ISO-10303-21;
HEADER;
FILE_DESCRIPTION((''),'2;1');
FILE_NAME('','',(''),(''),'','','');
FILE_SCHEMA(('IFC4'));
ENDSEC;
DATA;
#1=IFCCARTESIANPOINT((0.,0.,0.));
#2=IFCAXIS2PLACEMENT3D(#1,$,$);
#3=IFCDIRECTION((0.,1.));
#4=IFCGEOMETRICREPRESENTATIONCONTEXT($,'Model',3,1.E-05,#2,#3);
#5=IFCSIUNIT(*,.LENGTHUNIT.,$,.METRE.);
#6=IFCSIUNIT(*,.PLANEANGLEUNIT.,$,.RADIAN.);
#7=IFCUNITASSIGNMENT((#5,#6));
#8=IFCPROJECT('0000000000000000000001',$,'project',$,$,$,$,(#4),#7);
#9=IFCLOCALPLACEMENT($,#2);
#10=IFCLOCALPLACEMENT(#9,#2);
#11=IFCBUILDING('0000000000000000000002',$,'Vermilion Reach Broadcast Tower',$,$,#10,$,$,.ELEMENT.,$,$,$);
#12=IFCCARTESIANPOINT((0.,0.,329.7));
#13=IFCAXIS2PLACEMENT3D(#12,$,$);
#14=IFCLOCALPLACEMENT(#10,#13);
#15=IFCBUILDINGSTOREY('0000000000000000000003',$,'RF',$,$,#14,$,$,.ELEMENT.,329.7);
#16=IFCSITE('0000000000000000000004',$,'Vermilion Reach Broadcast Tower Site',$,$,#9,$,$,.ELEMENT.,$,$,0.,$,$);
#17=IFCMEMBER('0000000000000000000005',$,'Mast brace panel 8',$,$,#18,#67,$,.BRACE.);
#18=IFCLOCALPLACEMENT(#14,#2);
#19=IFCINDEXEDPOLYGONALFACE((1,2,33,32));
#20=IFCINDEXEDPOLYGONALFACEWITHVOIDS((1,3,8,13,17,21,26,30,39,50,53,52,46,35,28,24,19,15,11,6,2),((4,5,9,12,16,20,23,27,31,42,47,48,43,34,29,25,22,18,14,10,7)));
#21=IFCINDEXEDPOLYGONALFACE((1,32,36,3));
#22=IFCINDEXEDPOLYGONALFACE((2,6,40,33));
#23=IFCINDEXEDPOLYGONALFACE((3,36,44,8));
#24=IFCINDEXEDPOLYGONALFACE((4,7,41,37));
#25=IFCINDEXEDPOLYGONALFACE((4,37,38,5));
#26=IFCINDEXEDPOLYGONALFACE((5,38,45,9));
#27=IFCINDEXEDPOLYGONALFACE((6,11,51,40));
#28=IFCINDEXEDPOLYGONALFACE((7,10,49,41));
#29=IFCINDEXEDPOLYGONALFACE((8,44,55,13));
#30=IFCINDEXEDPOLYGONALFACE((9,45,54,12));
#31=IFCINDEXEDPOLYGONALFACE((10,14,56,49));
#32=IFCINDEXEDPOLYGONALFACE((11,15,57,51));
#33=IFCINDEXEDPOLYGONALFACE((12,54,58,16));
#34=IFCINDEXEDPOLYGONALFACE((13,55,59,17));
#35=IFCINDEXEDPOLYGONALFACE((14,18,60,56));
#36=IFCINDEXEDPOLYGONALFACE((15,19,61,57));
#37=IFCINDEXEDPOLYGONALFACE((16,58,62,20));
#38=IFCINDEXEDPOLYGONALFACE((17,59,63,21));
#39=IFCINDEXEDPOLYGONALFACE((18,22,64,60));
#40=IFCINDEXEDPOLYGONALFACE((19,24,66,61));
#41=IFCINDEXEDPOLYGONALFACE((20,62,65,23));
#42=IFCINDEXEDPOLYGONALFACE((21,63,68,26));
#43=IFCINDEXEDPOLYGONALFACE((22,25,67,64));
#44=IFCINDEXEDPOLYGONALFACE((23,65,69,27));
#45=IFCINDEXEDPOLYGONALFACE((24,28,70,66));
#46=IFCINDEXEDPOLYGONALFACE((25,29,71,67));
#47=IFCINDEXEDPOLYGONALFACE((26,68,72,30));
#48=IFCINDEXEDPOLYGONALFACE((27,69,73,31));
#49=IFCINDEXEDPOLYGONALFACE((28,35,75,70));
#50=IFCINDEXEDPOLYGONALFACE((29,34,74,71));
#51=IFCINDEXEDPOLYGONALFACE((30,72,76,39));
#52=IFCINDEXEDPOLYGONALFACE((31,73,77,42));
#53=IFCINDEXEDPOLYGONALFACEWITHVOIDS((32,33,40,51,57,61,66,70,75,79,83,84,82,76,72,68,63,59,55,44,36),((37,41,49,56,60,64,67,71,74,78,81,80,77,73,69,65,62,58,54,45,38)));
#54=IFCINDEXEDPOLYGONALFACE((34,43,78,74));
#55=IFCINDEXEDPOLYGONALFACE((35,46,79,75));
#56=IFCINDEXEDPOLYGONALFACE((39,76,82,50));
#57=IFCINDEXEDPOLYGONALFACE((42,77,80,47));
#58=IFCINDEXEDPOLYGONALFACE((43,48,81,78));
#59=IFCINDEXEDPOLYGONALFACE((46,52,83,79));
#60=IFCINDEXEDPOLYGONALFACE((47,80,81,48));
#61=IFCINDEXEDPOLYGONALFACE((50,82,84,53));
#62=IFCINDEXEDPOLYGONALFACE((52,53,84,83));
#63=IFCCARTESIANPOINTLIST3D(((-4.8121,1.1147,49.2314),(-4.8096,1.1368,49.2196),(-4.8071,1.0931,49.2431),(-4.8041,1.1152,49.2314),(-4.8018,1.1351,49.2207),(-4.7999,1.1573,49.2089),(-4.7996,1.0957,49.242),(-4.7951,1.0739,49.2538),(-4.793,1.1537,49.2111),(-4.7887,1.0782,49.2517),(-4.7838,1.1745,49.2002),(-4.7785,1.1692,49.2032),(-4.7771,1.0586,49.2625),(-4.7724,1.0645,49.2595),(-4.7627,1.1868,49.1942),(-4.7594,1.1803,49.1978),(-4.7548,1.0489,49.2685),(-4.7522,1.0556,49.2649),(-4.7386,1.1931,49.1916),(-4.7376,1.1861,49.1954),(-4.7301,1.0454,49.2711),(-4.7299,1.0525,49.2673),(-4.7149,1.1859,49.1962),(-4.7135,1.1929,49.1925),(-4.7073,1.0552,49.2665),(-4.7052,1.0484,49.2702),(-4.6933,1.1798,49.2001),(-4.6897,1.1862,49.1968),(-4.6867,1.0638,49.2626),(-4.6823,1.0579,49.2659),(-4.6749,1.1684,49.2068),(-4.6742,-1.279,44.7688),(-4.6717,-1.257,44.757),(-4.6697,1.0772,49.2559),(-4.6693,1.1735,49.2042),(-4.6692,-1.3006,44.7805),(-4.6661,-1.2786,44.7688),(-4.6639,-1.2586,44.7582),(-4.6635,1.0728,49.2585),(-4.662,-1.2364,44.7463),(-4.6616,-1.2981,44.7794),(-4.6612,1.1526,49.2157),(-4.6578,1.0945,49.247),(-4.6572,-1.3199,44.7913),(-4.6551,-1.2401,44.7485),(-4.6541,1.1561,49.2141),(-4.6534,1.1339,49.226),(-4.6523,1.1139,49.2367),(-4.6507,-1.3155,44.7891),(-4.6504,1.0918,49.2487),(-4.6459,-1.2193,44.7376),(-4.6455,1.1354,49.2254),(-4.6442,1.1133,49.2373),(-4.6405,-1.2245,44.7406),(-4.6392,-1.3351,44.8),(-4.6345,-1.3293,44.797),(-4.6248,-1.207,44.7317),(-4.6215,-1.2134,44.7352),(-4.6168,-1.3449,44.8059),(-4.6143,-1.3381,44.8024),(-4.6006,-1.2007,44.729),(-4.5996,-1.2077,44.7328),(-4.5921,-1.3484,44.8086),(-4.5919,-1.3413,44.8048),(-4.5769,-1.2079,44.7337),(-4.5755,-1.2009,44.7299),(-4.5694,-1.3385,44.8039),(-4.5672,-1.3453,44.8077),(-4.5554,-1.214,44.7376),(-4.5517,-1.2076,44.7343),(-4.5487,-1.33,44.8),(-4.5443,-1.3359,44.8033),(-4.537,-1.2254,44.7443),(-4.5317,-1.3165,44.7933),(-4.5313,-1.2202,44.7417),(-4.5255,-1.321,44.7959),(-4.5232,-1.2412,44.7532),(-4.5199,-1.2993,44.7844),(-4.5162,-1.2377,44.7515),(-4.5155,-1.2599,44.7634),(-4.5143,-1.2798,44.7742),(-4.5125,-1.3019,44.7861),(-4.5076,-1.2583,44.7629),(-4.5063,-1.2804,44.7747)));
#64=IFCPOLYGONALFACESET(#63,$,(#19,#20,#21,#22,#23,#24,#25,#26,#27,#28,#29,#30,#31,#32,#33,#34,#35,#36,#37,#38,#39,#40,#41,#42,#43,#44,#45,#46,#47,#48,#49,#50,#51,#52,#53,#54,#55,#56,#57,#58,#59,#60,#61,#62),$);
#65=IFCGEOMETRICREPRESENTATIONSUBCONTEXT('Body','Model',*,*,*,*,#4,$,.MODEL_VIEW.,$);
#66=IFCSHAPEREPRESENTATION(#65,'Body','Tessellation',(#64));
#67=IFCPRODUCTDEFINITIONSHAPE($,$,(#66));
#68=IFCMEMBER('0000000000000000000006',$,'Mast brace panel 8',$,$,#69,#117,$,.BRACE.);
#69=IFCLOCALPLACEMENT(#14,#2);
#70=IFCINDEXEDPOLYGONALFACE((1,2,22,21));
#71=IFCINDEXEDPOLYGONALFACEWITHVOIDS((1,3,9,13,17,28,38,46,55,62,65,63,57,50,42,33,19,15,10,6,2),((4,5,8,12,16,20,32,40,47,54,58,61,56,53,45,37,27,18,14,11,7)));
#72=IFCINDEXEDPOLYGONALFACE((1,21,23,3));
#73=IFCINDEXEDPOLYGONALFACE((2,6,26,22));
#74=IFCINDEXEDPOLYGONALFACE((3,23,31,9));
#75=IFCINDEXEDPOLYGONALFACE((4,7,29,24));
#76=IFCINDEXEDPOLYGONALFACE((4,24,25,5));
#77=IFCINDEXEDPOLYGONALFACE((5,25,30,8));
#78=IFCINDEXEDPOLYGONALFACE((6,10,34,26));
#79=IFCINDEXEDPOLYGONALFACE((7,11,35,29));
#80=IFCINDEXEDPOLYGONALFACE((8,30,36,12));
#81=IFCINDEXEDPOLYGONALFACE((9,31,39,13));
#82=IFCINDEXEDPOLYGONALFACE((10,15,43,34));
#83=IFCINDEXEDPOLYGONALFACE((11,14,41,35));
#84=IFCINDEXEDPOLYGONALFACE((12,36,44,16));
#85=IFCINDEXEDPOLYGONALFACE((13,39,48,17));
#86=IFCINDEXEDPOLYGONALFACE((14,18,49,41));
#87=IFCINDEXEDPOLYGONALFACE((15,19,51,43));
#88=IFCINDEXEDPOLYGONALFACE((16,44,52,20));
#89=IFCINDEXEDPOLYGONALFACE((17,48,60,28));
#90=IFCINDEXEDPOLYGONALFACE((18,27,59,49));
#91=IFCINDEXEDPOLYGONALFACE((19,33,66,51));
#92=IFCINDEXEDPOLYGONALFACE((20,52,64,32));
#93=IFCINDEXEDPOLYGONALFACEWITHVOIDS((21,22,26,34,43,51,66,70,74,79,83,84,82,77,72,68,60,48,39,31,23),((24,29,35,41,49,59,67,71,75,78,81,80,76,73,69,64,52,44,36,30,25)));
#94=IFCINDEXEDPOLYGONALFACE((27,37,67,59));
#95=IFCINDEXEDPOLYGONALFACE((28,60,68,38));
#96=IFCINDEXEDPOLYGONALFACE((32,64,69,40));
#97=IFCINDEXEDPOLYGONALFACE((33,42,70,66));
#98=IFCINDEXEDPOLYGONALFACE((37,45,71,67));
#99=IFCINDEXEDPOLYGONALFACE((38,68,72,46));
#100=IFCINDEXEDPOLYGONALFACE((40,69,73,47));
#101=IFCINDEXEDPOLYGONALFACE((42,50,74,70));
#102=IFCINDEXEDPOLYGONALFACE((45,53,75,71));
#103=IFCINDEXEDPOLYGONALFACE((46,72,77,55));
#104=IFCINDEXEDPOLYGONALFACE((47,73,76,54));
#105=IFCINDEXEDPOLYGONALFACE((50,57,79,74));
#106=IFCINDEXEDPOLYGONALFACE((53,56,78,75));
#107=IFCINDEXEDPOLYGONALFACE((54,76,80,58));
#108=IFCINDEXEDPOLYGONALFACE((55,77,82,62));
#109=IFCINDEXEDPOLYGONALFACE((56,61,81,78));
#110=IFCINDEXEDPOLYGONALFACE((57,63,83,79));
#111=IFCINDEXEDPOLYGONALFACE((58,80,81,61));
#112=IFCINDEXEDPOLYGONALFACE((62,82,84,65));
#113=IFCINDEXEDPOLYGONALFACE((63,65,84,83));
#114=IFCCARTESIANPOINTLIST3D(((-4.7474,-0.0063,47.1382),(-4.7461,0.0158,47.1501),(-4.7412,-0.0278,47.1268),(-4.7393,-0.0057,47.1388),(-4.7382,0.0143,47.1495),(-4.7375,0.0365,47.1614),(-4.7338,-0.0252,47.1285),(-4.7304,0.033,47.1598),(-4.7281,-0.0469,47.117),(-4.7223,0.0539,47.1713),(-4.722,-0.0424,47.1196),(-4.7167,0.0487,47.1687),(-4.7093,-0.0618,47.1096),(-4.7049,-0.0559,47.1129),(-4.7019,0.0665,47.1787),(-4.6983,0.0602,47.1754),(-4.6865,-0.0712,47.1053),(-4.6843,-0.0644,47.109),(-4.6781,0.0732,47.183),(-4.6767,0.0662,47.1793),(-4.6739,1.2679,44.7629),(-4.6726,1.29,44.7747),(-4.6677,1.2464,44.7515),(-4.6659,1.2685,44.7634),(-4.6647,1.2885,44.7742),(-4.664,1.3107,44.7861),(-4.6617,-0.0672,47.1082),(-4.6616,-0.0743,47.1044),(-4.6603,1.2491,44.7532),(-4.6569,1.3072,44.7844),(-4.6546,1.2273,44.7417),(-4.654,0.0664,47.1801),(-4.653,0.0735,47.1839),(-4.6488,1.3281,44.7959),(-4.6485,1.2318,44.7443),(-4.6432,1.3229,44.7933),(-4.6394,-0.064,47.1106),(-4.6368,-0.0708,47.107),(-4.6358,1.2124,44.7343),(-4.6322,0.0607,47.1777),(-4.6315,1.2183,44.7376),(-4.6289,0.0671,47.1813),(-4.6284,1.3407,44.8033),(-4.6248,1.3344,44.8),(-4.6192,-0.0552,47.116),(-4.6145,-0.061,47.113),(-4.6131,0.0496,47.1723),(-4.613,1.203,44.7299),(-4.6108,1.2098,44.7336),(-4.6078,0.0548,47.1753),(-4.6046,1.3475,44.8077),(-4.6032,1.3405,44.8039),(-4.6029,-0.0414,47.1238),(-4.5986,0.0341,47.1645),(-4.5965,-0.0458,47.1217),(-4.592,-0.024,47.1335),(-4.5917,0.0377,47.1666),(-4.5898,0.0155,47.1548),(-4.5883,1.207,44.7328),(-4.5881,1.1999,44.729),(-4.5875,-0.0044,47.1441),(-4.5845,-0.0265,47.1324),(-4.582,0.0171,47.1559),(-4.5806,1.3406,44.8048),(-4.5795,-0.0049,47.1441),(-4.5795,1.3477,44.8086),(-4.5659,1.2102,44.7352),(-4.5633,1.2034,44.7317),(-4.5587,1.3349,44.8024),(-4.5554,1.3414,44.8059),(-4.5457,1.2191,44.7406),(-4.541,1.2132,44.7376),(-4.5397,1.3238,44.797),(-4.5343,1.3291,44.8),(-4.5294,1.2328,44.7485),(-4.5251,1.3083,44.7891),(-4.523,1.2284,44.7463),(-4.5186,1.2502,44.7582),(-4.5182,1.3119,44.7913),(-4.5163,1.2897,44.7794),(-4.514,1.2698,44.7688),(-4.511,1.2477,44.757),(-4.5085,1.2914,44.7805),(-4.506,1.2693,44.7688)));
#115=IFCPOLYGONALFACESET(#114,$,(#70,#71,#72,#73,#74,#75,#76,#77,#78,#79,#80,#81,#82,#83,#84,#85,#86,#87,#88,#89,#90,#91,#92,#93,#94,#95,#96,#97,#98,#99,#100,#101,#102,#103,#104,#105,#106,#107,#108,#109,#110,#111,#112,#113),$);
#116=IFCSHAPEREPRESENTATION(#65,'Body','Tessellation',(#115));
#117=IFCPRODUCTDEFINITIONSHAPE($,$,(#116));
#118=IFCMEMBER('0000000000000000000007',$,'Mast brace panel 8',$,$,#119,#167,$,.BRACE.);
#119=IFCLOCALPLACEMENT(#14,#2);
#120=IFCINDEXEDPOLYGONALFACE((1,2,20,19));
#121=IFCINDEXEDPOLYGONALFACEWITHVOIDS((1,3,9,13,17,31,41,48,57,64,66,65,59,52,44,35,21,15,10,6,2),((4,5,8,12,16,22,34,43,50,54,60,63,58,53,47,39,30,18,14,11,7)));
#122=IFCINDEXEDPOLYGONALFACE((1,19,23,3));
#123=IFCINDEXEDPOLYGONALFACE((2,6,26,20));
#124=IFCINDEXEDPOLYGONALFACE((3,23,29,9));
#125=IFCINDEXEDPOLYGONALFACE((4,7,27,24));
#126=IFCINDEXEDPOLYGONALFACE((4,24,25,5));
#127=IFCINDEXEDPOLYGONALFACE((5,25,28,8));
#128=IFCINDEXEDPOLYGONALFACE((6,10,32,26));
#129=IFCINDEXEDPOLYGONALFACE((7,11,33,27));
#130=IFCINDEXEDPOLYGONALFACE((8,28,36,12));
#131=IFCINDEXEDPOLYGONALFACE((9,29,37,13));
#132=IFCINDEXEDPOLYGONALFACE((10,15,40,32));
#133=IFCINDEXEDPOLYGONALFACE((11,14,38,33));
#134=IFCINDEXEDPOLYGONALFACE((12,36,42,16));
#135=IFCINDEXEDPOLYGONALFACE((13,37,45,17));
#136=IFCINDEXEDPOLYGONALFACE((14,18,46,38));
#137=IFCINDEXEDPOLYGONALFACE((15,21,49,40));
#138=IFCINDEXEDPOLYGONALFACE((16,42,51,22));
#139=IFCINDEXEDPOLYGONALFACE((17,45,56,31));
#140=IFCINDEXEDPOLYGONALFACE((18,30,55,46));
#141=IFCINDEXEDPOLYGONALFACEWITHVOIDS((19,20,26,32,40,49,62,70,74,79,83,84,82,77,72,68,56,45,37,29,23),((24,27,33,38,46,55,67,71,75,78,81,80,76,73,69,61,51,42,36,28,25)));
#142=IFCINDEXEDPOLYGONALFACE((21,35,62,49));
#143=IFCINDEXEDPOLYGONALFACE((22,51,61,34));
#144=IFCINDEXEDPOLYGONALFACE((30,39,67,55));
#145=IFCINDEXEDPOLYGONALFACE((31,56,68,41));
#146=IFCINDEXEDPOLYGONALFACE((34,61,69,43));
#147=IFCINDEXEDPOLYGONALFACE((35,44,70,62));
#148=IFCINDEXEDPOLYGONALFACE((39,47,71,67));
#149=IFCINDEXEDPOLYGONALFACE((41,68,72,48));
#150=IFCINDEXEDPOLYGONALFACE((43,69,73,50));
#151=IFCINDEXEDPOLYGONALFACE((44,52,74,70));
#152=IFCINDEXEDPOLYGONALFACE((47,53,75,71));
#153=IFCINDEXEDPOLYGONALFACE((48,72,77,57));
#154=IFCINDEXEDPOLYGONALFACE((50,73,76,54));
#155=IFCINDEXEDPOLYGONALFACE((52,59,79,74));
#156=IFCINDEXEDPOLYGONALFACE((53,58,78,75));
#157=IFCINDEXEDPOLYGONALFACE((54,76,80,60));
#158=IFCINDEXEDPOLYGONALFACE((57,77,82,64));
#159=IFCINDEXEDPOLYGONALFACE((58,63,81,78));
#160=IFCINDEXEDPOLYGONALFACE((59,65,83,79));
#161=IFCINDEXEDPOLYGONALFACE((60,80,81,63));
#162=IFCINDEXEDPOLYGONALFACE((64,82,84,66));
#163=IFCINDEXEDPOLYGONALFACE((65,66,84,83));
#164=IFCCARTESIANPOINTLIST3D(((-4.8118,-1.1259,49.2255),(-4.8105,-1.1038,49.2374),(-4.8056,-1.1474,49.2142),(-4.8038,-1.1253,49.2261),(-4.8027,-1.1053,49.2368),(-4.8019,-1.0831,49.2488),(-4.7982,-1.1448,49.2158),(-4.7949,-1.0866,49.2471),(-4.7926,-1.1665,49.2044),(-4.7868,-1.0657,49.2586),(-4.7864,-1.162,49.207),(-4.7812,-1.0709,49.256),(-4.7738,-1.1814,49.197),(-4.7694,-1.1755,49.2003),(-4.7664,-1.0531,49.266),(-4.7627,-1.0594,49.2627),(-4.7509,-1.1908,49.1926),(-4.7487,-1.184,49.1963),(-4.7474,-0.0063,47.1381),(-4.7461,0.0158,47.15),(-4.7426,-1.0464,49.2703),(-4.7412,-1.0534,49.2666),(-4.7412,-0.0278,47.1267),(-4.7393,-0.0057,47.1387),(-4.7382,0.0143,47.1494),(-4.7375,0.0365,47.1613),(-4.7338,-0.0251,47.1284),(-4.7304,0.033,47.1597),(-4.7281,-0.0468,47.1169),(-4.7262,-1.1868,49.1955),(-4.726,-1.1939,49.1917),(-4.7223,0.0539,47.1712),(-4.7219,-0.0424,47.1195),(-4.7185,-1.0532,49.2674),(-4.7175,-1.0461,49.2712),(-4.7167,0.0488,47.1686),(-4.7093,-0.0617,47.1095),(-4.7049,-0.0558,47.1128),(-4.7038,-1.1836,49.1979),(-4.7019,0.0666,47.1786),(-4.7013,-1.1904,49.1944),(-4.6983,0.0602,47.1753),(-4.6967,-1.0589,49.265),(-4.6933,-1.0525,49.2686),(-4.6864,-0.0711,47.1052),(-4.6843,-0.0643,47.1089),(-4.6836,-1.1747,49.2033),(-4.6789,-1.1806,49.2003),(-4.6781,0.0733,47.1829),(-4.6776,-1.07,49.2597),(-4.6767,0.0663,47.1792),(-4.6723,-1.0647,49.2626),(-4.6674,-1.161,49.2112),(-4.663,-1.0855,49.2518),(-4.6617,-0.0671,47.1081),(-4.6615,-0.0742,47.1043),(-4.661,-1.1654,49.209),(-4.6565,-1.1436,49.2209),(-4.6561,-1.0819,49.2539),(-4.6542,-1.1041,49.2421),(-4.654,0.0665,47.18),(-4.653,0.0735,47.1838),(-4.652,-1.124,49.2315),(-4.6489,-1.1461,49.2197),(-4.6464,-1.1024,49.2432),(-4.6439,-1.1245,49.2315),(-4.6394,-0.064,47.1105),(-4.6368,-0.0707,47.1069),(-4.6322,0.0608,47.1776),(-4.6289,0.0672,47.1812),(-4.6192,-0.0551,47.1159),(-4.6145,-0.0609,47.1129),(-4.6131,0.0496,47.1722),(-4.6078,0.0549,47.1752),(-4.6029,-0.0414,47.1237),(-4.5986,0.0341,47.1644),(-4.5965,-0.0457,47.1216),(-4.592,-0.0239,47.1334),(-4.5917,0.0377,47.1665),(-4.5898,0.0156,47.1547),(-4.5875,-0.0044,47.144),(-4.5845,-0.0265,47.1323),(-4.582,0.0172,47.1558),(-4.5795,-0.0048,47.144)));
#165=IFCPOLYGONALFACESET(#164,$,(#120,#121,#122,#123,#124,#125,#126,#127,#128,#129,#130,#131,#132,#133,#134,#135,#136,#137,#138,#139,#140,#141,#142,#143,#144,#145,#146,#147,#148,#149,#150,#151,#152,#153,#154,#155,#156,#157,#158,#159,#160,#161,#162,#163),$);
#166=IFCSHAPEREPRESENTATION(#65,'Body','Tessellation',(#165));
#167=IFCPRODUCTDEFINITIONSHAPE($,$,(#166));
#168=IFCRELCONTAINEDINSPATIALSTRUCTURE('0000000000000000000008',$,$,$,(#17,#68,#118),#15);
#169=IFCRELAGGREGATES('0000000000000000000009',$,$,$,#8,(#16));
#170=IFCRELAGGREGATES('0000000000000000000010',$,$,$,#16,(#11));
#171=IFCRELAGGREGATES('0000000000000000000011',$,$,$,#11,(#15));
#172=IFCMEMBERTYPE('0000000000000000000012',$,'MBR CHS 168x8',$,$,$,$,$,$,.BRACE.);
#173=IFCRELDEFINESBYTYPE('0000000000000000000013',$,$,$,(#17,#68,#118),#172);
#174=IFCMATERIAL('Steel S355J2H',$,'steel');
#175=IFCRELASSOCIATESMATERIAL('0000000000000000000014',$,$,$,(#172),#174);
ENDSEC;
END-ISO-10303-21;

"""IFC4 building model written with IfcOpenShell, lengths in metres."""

from ifc_helpers import new_model, si_unit, direction, frame, origin, origin_2d, place, context, subcontext, project, spatial, hollow_circle, extrude, material, material_profile, profile_set, type_object, element, save


model = new_model("IFC4")

# Units and contexts
model_context = context("Model", 3, precision=1e-05, world=origin(), true_north=direction((0.0, 1.0)))
body_context = subcontext(model_context, "Body", "Model", "MODEL_VIEW")
ifc_project = project(units=[si_unit("LENGTHUNIT", "METRE"), si_unit("PLANEANGLEUNIT", "RADIAN")], contexts=[model_context])

# Site, building, storey
site_placement = place(None, origin())
site = spatial("IfcSite", under=ifc_project, at=site_placement, Name="Vermilion Reach Broadcast Tower Site", CompositionType="ELEMENT", RefElevation=0.0)
building_placement = place(site_placement, origin())
building = spatial("IfcBuilding", under=site, at=building_placement, Name="Vermilion Reach Broadcast Tower", CompositionType="ELEMENT")
storey_placement = place(building_placement, frame((0.0, 0.0, 329.7)))
storey = spatial("IfcBuildingStorey", under=building, at=storey_placement, Name="RF", CompositionType="ELEMENT", Elevation=329.7)

# Members
ifc_material_1 = material(Name="Steel S355J2H", Category="steel")
ifc_material_profile_1 = material_profile(ifc_material_1, hollow_circle(Radius=0.0842, WallThickness=0.0081, at=origin_2d()), Name="S355J2H CHS 168x8")
ifc_profile_set_1 = profile_set([ifc_material_profile_1], Name="Steel S355J2H")
member_type_1 = type_object("IfcMemberType", Name="MBR CHS 168x8", PredefinedType="BRACE", material=ifc_profile_set_1)
member_1_placement = place(storey_placement, frame((-4.5901, -1.2742, 44.7688), z_axis=(-0.027228, 0.472521, 0.880899), x_axis=(-0.998344, -0.057528, 0.0)))
element("IfcMember", 1, at=member_1_placement, inside=storey, type_object=member_type_1, Name="Mast brace panel 8", PredefinedType="BRACE", context=body_context, shape_type="SweptSolid", body=[
    extrude(hollow_circle(Radius=0.0842, WallThickness=0.0081, at=origin_2d()), origin(), (0.0, 0.0, 1.0), 5.0659),
])
member_2_placement = place(storey_placement, frame((-4.5901, 1.2742, 44.7688), z_axis=(-0.027253, -0.472541, 0.880887), x_axis=(0.998341, -0.057578, 0.0)))
element("IfcMember", 2, at=member_2_placement, inside=storey, type_object=member_type_1, Name="Mast brace panel 8", PredefinedType="BRACE", context=body_context, shape_type="SweptSolid", body=[
    extrude(hollow_circle(Radius=0.0842, WallThickness=0.0081, at=origin_2d()), origin(), (0.0, 0.0, 1.0), 2.6965),
])
member_3_placement = place(storey_placement, frame((-4.6636, 0.0, 47.144), z_axis=(-0.0272, -0.472498, 0.880912), x_axis=(0.998347, -0.057471, 0.0)))
element("IfcMember", 3, at=member_3_placement, inside=storey, type_object=member_type_1, Name="Mast brace panel 8", PredefinedType="BRACE", context=body_context, shape_type="SweptSolid", body=[
    extrude(hollow_circle(Radius=0.0842, WallThickness=0.0081, at=origin_2d()), origin(), (0.0, 0.0, 1.0), 2.3696),
])

save(model, "model.ifc")
